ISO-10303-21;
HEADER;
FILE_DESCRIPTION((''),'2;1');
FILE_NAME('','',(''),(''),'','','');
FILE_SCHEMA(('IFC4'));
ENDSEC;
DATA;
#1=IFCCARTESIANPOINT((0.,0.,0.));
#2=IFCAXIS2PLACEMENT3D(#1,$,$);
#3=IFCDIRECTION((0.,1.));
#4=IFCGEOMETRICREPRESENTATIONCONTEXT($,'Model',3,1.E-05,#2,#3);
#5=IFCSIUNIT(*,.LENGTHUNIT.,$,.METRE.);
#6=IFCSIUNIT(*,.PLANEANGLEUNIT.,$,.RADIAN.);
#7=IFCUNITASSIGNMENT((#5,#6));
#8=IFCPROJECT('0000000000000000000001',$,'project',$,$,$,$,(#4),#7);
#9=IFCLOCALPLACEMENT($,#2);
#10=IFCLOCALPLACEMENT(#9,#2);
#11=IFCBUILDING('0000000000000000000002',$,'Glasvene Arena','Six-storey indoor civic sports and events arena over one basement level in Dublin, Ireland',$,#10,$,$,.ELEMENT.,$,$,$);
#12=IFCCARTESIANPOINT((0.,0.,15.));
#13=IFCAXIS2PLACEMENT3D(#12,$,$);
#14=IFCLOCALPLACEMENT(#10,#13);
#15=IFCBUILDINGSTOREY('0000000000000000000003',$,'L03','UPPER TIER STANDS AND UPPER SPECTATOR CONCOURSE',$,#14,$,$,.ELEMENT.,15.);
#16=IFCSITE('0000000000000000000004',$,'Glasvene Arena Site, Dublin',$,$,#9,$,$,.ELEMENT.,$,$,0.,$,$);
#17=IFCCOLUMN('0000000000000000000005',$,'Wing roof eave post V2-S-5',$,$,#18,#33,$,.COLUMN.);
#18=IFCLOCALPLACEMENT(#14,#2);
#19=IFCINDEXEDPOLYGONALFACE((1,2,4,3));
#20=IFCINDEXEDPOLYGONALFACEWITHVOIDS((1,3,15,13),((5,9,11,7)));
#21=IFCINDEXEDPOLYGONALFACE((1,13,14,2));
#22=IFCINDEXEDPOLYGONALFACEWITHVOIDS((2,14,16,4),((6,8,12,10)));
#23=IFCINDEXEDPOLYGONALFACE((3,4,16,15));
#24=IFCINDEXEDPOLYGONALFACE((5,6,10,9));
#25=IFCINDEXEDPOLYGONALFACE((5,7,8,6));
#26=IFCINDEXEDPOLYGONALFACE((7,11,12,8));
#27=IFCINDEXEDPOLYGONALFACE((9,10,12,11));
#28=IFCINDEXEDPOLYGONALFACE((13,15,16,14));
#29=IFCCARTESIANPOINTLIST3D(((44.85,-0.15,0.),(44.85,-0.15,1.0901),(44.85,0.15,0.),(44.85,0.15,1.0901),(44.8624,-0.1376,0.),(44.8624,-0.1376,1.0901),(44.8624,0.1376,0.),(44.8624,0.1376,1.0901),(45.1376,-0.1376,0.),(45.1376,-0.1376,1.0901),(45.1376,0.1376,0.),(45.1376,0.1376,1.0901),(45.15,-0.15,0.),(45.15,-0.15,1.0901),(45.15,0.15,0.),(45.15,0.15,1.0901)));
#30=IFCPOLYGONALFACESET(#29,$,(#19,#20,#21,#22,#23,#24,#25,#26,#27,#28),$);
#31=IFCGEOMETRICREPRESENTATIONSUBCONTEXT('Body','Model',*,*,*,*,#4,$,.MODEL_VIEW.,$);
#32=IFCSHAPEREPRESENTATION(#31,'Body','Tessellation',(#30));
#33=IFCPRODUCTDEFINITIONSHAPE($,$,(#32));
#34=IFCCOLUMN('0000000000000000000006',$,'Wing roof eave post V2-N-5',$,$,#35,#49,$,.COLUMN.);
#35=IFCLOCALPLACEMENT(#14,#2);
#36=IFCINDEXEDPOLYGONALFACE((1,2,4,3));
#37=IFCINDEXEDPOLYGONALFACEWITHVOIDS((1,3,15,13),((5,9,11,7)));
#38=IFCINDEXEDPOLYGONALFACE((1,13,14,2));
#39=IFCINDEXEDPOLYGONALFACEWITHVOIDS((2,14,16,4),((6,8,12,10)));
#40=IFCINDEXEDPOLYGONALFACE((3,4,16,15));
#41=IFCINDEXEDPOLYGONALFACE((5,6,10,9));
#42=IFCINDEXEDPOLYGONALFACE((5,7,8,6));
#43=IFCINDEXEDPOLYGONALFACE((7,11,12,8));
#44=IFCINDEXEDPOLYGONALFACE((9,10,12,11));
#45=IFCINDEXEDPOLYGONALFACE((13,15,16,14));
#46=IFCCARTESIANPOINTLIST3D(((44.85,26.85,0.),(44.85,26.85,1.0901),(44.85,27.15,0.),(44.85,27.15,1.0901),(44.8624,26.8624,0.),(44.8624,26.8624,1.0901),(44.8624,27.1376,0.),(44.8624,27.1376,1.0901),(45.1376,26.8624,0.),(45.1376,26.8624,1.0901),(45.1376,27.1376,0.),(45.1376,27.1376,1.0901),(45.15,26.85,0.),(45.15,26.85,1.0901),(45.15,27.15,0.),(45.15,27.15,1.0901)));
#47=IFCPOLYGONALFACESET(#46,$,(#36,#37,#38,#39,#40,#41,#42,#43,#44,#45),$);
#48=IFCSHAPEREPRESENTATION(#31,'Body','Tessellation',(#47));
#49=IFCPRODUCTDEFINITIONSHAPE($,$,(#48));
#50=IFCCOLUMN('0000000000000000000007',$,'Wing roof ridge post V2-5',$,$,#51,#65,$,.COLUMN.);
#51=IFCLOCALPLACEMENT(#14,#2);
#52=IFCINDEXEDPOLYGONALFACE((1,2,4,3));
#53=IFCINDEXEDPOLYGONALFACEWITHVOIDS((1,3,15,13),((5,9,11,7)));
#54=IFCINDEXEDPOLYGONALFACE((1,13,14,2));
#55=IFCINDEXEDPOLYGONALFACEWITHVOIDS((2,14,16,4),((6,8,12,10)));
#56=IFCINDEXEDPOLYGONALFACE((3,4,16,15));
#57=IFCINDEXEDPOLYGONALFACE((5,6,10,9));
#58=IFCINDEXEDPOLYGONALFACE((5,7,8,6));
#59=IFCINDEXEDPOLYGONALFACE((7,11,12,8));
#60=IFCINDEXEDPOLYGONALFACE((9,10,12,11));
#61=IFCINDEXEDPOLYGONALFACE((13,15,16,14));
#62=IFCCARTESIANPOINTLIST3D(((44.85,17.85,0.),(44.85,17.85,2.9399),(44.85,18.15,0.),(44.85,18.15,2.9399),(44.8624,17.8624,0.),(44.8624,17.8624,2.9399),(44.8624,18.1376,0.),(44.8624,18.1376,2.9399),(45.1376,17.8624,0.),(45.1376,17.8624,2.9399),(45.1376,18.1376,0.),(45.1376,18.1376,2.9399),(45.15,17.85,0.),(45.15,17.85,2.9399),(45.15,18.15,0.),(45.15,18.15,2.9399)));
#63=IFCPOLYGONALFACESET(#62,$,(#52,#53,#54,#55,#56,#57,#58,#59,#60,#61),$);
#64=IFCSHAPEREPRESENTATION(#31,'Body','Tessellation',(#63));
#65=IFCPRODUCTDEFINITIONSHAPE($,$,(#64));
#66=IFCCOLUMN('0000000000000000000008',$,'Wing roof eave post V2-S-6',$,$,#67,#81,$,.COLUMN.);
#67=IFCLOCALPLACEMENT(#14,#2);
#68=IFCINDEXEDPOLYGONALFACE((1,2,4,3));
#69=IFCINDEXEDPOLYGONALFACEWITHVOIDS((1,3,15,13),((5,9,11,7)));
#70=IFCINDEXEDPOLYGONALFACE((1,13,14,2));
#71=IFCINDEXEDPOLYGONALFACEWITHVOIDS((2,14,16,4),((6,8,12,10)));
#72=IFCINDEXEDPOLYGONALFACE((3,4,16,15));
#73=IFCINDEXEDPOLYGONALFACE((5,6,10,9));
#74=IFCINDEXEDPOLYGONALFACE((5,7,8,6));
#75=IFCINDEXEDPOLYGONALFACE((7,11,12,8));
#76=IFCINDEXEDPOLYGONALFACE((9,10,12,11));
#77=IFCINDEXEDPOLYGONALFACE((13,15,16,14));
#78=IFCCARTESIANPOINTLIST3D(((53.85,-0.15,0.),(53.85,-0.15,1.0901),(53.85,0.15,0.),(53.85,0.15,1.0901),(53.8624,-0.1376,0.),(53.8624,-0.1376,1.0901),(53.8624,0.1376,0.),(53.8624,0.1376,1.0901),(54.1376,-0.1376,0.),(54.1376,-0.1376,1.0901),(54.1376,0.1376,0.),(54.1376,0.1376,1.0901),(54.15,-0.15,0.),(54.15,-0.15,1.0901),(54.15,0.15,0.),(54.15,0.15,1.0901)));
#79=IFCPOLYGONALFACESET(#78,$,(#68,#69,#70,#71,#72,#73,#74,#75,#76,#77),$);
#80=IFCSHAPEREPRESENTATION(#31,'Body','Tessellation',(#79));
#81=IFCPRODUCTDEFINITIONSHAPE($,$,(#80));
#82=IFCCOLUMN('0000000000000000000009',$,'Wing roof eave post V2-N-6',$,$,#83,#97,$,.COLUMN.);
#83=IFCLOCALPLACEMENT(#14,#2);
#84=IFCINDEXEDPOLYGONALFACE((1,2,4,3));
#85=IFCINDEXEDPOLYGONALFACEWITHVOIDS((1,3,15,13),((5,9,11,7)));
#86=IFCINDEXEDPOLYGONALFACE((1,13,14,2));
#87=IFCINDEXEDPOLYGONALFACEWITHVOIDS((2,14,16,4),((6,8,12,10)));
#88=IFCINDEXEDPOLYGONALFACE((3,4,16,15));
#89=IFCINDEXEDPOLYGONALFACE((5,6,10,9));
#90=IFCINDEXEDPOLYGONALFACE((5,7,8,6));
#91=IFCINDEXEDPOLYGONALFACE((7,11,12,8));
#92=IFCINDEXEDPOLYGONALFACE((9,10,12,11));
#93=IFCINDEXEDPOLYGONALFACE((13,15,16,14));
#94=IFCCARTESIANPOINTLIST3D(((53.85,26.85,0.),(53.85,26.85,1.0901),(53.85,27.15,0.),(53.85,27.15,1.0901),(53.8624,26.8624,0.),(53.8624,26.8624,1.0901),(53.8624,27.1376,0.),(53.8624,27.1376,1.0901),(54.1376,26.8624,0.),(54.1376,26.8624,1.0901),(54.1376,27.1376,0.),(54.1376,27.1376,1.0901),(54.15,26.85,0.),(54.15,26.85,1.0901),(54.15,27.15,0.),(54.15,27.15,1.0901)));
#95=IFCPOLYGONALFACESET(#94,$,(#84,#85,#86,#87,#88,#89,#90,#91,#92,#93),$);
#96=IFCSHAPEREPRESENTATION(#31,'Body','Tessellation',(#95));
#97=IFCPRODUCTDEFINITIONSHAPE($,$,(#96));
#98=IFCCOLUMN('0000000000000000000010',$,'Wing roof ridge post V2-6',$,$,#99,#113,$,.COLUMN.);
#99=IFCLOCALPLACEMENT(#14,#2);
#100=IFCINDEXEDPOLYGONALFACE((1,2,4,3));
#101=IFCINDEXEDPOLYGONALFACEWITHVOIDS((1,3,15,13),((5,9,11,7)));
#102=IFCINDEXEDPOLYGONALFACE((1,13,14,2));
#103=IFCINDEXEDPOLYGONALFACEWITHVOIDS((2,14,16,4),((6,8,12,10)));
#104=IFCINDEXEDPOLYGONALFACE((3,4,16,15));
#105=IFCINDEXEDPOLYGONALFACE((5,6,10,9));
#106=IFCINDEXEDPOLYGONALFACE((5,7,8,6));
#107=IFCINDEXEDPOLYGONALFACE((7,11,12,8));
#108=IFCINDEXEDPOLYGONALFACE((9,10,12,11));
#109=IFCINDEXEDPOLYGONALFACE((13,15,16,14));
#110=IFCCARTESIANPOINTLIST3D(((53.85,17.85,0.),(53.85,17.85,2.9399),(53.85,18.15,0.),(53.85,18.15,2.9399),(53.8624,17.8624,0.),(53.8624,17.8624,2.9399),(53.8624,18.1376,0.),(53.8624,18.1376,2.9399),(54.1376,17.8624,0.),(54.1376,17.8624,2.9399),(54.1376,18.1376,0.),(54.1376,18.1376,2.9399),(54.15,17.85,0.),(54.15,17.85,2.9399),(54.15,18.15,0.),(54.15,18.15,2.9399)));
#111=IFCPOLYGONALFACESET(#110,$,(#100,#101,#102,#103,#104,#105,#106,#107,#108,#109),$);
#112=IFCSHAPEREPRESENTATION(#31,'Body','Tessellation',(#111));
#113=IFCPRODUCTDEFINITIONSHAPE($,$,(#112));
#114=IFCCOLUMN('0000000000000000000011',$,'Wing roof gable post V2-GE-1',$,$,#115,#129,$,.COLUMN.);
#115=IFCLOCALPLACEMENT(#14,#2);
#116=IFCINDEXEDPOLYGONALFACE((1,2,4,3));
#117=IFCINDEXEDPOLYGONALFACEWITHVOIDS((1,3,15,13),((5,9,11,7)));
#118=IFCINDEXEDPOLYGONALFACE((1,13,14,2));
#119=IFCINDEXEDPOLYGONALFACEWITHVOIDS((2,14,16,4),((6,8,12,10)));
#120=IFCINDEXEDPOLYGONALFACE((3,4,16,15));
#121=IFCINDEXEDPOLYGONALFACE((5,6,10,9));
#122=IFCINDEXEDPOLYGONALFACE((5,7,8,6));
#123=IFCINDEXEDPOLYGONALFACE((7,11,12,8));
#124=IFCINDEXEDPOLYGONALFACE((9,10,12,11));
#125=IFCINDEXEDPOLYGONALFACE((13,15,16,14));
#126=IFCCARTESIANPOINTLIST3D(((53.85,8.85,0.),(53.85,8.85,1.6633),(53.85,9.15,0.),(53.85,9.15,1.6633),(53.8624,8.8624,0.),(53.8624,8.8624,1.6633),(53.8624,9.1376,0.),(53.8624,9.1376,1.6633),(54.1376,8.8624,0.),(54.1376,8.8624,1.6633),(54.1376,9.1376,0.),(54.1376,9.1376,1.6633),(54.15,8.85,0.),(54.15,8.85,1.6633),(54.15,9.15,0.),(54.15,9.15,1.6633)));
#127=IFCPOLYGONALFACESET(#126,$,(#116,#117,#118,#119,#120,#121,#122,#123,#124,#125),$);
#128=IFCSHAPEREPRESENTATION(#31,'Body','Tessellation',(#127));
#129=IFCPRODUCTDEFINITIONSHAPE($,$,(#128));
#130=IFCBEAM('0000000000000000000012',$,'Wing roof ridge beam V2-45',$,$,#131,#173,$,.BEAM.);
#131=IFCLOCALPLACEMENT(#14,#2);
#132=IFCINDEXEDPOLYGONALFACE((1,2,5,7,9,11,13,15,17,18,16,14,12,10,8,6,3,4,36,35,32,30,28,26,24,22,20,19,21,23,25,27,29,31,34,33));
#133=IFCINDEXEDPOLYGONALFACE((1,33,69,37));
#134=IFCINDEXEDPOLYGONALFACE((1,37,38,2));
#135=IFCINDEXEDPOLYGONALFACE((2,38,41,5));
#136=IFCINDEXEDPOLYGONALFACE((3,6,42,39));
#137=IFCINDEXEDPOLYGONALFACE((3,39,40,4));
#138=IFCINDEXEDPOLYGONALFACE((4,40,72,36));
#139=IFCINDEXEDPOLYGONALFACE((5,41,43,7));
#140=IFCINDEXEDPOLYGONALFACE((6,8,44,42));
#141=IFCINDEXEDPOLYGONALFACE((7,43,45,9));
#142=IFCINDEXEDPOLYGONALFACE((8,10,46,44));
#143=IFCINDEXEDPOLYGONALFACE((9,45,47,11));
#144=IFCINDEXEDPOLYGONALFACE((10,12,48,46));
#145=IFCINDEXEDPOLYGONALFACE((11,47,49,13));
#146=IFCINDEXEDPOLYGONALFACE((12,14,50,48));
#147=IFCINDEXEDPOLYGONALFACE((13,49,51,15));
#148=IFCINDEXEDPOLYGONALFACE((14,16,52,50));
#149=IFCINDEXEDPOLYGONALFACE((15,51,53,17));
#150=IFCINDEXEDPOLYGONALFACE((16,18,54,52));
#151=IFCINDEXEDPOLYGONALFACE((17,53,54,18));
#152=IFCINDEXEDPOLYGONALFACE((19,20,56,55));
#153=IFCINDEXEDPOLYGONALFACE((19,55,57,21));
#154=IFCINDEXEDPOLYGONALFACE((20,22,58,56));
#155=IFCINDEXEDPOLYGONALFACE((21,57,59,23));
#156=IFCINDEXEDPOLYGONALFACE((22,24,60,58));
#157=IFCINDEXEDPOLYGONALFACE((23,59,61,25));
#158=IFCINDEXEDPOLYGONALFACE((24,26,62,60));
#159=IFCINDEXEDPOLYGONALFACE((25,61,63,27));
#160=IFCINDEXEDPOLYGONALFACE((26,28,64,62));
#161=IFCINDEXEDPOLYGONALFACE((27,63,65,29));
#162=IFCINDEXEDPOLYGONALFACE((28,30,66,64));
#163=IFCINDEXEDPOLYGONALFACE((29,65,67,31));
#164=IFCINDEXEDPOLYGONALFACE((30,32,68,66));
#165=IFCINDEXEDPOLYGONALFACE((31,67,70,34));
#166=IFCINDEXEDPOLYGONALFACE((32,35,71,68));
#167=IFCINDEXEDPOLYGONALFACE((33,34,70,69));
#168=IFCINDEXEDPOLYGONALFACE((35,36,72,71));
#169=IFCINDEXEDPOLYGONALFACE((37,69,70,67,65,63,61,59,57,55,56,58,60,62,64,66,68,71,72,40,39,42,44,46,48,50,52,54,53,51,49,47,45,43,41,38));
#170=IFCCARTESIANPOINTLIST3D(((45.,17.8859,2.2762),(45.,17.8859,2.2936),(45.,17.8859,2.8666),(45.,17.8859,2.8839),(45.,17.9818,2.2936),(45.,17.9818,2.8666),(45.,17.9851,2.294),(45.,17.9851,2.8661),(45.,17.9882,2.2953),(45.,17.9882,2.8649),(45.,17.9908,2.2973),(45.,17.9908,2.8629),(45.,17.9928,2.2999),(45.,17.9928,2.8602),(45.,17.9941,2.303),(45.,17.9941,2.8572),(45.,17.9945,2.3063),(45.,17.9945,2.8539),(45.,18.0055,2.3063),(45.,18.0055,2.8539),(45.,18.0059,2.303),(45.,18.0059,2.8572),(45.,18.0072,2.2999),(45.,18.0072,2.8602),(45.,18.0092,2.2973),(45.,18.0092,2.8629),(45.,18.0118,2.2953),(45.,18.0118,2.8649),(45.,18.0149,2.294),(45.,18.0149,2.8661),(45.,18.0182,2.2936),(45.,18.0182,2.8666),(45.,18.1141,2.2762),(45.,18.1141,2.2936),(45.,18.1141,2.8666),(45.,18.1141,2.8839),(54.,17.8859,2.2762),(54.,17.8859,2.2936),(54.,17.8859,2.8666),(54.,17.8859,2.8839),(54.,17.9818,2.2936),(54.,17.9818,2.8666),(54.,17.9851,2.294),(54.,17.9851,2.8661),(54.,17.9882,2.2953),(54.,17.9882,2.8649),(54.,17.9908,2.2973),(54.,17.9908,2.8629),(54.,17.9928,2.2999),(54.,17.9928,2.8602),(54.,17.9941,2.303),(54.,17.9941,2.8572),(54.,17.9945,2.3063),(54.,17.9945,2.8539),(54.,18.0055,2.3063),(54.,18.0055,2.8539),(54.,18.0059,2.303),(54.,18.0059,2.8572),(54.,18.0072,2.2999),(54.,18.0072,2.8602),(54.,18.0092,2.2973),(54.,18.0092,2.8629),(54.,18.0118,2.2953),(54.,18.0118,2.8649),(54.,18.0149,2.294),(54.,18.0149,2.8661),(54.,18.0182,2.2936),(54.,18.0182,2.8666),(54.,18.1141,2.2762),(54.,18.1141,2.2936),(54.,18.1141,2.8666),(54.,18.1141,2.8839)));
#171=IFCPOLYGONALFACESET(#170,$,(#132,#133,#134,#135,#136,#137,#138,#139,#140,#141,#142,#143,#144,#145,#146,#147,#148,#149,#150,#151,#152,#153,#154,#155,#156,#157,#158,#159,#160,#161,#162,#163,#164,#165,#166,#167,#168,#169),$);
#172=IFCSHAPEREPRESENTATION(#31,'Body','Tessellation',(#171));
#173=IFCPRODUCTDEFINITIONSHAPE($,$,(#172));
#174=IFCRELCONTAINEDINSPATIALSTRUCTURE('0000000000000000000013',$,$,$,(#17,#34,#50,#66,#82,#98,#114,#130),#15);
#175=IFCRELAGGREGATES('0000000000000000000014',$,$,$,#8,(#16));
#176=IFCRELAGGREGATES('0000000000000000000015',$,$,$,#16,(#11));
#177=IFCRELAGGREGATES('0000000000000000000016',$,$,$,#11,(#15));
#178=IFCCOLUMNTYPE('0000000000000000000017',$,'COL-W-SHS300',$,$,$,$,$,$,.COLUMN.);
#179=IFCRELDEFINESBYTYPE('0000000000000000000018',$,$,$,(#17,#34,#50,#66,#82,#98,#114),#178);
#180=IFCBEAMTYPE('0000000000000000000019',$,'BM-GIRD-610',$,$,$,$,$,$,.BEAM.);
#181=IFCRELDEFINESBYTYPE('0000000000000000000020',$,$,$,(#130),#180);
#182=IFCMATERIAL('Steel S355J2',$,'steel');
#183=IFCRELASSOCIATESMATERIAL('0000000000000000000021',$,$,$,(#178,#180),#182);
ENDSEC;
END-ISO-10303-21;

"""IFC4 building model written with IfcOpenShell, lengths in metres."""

from ifc_helpers import new_model, si_unit, direction, frame, origin, origin_2d, place, context, subcontext, project, spatial, hollow_rectangle, i_section, extrude, material, material_profile, profile_set, type_object, element, save


model = new_model("IFC4")

# Units and contexts
model_context = context("Model", 3, precision=1e-05, world=origin(), true_north=direction((0.0, 1.0)))
body_context = subcontext(model_context, "Body", "Model", "MODEL_VIEW")
ifc_project = project(units=[si_unit("LENGTHUNIT", "METRE"), si_unit("PLANEANGLEUNIT", "RADIAN")], contexts=[model_context])

# Site, building, storey
site_placement = place(None, origin())
site = spatial("IfcSite", under=ifc_project, at=site_placement, Name="Glasvene Arena Site, Dublin", CompositionType="ELEMENT", RefElevation=0.0)
building_placement = place(site_placement, origin())
building = spatial("IfcBuilding", under=site, at=building_placement, Name="Glasvene Arena", Description="Six-storey indoor civic sports and events arena over one basement level in Dublin, Ireland", CompositionType="ELEMENT")
storey_placement = place(building_placement, frame((0.0, 0.0, 15.0)))
storey = spatial("IfcBuildingStorey", under=building, at=storey_placement, Name="L03", Description="UPPER TIER STANDS AND UPPER SPECTATOR CONCOURSE", CompositionType="ELEMENT", Elevation=15.0)

# Columns
ifc_material_1 = material(Name="Steel S355J2", Category="steel")
ifc_material_profile_1 = material_profile(ifc_material_1, hollow_rectangle(XDim=0.3, YDim=0.3, WallThickness=0.0125, at=origin_2d()), Name="SHS 300x300x12.5")
ifc_profile_set_1 = profile_set([ifc_material_profile_1], Name="Steel S355J2")
column_type = type_object("IfcColumnType", Name="COL-W-SHS300", PredefinedType="COLUMN", material=ifc_profile_set_1)
for number, where, z_axis, x_axis, name in (
    (1, (45.0, 0.0, 0.0), (0.0, 0.0, 1.0), (1.0, 0.0, 0.0), "Wing roof eave post V2-S-5"),
    (2, (45.0, 27.0, 0.0), (0.0, 0.0, 1.0), (1.0, 0.0, 0.0), "Wing roof eave post V2-N-5"),
):
    element("IfcColumn", number, at=place(storey_placement, frame(where, z_axis=z_axis, x_axis=x_axis)), inside=storey, type_object=column_type, Name=name, PredefinedType="COLUMN", context=body_context, shape_type="SweptSolid", body=[
        extrude(hollow_rectangle(XDim=0.3, YDim=0.3, WallThickness=0.0125, at=origin_2d()), origin(), (0.0, 0.0, 1.0), 1.0901),
    ])
column_1_placement = place(storey_placement, frame((45.0, 18.0, 0.0), z_axis=(0.0, 0.0, 1.0), x_axis=(1.0, 0.0, 0.0)))
element("IfcColumn", 3, at=column_1_placement, inside=storey, type_object=column_type, Name="Wing roof ridge post V2-5", PredefinedType="COLUMN", context=body_context, shape_type="SweptSolid", body=[
    extrude(hollow_rectangle(XDim=0.3, YDim=0.3, WallThickness=0.0125, at=origin_2d()), origin(), (0.0, 0.0, 1.0), 2.9399),
])
for number, where, z_axis, x_axis, name in (
    (4, (54.0, 0.0, 0.0), (0.0, 0.0, 1.0), (1.0, 0.0, 0.0), "Wing roof eave post V2-S-6"),
    (5, (54.0, 27.0, 0.0), (0.0, 0.0, 1.0), (1.0, 0.0, 0.0), "Wing roof eave post V2-N-6"),
):
    element("IfcColumn", number, at=place(storey_placement, frame(where, z_axis=z_axis, x_axis=x_axis)), inside=storey, type_object=column_type, Name=name, PredefinedType="COLUMN", context=body_context, shape_type="SweptSolid", body=[
        extrude(hollow_rectangle(XDim=0.3, YDim=0.3, WallThickness=0.0125, at=origin_2d()), origin(), (0.0, 0.0, 1.0), 1.0901),
    ])
column_2_placement = place(storey_placement, frame((54.0, 18.0, 0.0), z_axis=(0.0, 0.0, 1.0), x_axis=(1.0, 0.0, 0.0)))
element("IfcColumn", 6, at=column_2_placement, inside=storey, type_object=column_type, Name="Wing roof ridge post V2-6", PredefinedType="COLUMN", context=body_context, shape_type="SweptSolid", body=[
    extrude(hollow_rectangle(XDim=0.3, YDim=0.3, WallThickness=0.0125, at=origin_2d()), origin(), (0.0, 0.0, 1.0), 2.9399),
])
column_3_placement = place(storey_placement, frame((54.0, 9.0, 0.0), z_axis=(0.0, 0.0, 1.0), x_axis=(1.0, 0.0, 0.0)))
element("IfcColumn", 7, at=column_3_placement, inside=storey, type_object=column_type, Name="Wing roof gable post V2-GE-1", PredefinedType="COLUMN", context=body_context, shape_type="SweptSolid", body=[
    extrude(hollow_rectangle(XDim=0.3, YDim=0.3, WallThickness=0.0125, at=origin_2d()), origin(), (0.0, 0.0, 1.0), 1.6633),
])

# Beam
ifc_material_profile_2 = material_profile(ifc_material_1, i_section(OverallWidth=0.2283, OverallDepth=0.6077, WebThickness=0.011, FlangeThickness=0.0173, FilletRadius=0.0127, at=origin_2d()), Name="UKB 610x229x113")
ifc_profile_set_2 = profile_set([ifc_material_profile_2], Name="Steel S355J2")
beam_type_1 = type_object("IfcBeamType", Name="BM-GIRD-610", PredefinedType="BEAM", material=ifc_profile_set_2)
beam_1_placement = place(storey_placement, frame((45.0, 18.0, 2.5801), z_axis=(1.0, 0.0, 0.0), x_axis=(0.0, 1.0, 0.0)))
element("IfcBeam", 8, at=beam_1_placement, inside=storey, type_object=beam_type_1, Name="Wing roof ridge beam V2-45", PredefinedType="BEAM", context=body_context, shape_type="SweptSolid", body=[
    extrude(i_section(OverallWidth=0.2283, OverallDepth=0.6077, WebThickness=0.011, FlangeThickness=0.0173, FilletRadius=0.0127, at=origin_2d()), origin(), (0.0, 0.0, 1.0), 9.0),
])

save(model, "model.ifc")
